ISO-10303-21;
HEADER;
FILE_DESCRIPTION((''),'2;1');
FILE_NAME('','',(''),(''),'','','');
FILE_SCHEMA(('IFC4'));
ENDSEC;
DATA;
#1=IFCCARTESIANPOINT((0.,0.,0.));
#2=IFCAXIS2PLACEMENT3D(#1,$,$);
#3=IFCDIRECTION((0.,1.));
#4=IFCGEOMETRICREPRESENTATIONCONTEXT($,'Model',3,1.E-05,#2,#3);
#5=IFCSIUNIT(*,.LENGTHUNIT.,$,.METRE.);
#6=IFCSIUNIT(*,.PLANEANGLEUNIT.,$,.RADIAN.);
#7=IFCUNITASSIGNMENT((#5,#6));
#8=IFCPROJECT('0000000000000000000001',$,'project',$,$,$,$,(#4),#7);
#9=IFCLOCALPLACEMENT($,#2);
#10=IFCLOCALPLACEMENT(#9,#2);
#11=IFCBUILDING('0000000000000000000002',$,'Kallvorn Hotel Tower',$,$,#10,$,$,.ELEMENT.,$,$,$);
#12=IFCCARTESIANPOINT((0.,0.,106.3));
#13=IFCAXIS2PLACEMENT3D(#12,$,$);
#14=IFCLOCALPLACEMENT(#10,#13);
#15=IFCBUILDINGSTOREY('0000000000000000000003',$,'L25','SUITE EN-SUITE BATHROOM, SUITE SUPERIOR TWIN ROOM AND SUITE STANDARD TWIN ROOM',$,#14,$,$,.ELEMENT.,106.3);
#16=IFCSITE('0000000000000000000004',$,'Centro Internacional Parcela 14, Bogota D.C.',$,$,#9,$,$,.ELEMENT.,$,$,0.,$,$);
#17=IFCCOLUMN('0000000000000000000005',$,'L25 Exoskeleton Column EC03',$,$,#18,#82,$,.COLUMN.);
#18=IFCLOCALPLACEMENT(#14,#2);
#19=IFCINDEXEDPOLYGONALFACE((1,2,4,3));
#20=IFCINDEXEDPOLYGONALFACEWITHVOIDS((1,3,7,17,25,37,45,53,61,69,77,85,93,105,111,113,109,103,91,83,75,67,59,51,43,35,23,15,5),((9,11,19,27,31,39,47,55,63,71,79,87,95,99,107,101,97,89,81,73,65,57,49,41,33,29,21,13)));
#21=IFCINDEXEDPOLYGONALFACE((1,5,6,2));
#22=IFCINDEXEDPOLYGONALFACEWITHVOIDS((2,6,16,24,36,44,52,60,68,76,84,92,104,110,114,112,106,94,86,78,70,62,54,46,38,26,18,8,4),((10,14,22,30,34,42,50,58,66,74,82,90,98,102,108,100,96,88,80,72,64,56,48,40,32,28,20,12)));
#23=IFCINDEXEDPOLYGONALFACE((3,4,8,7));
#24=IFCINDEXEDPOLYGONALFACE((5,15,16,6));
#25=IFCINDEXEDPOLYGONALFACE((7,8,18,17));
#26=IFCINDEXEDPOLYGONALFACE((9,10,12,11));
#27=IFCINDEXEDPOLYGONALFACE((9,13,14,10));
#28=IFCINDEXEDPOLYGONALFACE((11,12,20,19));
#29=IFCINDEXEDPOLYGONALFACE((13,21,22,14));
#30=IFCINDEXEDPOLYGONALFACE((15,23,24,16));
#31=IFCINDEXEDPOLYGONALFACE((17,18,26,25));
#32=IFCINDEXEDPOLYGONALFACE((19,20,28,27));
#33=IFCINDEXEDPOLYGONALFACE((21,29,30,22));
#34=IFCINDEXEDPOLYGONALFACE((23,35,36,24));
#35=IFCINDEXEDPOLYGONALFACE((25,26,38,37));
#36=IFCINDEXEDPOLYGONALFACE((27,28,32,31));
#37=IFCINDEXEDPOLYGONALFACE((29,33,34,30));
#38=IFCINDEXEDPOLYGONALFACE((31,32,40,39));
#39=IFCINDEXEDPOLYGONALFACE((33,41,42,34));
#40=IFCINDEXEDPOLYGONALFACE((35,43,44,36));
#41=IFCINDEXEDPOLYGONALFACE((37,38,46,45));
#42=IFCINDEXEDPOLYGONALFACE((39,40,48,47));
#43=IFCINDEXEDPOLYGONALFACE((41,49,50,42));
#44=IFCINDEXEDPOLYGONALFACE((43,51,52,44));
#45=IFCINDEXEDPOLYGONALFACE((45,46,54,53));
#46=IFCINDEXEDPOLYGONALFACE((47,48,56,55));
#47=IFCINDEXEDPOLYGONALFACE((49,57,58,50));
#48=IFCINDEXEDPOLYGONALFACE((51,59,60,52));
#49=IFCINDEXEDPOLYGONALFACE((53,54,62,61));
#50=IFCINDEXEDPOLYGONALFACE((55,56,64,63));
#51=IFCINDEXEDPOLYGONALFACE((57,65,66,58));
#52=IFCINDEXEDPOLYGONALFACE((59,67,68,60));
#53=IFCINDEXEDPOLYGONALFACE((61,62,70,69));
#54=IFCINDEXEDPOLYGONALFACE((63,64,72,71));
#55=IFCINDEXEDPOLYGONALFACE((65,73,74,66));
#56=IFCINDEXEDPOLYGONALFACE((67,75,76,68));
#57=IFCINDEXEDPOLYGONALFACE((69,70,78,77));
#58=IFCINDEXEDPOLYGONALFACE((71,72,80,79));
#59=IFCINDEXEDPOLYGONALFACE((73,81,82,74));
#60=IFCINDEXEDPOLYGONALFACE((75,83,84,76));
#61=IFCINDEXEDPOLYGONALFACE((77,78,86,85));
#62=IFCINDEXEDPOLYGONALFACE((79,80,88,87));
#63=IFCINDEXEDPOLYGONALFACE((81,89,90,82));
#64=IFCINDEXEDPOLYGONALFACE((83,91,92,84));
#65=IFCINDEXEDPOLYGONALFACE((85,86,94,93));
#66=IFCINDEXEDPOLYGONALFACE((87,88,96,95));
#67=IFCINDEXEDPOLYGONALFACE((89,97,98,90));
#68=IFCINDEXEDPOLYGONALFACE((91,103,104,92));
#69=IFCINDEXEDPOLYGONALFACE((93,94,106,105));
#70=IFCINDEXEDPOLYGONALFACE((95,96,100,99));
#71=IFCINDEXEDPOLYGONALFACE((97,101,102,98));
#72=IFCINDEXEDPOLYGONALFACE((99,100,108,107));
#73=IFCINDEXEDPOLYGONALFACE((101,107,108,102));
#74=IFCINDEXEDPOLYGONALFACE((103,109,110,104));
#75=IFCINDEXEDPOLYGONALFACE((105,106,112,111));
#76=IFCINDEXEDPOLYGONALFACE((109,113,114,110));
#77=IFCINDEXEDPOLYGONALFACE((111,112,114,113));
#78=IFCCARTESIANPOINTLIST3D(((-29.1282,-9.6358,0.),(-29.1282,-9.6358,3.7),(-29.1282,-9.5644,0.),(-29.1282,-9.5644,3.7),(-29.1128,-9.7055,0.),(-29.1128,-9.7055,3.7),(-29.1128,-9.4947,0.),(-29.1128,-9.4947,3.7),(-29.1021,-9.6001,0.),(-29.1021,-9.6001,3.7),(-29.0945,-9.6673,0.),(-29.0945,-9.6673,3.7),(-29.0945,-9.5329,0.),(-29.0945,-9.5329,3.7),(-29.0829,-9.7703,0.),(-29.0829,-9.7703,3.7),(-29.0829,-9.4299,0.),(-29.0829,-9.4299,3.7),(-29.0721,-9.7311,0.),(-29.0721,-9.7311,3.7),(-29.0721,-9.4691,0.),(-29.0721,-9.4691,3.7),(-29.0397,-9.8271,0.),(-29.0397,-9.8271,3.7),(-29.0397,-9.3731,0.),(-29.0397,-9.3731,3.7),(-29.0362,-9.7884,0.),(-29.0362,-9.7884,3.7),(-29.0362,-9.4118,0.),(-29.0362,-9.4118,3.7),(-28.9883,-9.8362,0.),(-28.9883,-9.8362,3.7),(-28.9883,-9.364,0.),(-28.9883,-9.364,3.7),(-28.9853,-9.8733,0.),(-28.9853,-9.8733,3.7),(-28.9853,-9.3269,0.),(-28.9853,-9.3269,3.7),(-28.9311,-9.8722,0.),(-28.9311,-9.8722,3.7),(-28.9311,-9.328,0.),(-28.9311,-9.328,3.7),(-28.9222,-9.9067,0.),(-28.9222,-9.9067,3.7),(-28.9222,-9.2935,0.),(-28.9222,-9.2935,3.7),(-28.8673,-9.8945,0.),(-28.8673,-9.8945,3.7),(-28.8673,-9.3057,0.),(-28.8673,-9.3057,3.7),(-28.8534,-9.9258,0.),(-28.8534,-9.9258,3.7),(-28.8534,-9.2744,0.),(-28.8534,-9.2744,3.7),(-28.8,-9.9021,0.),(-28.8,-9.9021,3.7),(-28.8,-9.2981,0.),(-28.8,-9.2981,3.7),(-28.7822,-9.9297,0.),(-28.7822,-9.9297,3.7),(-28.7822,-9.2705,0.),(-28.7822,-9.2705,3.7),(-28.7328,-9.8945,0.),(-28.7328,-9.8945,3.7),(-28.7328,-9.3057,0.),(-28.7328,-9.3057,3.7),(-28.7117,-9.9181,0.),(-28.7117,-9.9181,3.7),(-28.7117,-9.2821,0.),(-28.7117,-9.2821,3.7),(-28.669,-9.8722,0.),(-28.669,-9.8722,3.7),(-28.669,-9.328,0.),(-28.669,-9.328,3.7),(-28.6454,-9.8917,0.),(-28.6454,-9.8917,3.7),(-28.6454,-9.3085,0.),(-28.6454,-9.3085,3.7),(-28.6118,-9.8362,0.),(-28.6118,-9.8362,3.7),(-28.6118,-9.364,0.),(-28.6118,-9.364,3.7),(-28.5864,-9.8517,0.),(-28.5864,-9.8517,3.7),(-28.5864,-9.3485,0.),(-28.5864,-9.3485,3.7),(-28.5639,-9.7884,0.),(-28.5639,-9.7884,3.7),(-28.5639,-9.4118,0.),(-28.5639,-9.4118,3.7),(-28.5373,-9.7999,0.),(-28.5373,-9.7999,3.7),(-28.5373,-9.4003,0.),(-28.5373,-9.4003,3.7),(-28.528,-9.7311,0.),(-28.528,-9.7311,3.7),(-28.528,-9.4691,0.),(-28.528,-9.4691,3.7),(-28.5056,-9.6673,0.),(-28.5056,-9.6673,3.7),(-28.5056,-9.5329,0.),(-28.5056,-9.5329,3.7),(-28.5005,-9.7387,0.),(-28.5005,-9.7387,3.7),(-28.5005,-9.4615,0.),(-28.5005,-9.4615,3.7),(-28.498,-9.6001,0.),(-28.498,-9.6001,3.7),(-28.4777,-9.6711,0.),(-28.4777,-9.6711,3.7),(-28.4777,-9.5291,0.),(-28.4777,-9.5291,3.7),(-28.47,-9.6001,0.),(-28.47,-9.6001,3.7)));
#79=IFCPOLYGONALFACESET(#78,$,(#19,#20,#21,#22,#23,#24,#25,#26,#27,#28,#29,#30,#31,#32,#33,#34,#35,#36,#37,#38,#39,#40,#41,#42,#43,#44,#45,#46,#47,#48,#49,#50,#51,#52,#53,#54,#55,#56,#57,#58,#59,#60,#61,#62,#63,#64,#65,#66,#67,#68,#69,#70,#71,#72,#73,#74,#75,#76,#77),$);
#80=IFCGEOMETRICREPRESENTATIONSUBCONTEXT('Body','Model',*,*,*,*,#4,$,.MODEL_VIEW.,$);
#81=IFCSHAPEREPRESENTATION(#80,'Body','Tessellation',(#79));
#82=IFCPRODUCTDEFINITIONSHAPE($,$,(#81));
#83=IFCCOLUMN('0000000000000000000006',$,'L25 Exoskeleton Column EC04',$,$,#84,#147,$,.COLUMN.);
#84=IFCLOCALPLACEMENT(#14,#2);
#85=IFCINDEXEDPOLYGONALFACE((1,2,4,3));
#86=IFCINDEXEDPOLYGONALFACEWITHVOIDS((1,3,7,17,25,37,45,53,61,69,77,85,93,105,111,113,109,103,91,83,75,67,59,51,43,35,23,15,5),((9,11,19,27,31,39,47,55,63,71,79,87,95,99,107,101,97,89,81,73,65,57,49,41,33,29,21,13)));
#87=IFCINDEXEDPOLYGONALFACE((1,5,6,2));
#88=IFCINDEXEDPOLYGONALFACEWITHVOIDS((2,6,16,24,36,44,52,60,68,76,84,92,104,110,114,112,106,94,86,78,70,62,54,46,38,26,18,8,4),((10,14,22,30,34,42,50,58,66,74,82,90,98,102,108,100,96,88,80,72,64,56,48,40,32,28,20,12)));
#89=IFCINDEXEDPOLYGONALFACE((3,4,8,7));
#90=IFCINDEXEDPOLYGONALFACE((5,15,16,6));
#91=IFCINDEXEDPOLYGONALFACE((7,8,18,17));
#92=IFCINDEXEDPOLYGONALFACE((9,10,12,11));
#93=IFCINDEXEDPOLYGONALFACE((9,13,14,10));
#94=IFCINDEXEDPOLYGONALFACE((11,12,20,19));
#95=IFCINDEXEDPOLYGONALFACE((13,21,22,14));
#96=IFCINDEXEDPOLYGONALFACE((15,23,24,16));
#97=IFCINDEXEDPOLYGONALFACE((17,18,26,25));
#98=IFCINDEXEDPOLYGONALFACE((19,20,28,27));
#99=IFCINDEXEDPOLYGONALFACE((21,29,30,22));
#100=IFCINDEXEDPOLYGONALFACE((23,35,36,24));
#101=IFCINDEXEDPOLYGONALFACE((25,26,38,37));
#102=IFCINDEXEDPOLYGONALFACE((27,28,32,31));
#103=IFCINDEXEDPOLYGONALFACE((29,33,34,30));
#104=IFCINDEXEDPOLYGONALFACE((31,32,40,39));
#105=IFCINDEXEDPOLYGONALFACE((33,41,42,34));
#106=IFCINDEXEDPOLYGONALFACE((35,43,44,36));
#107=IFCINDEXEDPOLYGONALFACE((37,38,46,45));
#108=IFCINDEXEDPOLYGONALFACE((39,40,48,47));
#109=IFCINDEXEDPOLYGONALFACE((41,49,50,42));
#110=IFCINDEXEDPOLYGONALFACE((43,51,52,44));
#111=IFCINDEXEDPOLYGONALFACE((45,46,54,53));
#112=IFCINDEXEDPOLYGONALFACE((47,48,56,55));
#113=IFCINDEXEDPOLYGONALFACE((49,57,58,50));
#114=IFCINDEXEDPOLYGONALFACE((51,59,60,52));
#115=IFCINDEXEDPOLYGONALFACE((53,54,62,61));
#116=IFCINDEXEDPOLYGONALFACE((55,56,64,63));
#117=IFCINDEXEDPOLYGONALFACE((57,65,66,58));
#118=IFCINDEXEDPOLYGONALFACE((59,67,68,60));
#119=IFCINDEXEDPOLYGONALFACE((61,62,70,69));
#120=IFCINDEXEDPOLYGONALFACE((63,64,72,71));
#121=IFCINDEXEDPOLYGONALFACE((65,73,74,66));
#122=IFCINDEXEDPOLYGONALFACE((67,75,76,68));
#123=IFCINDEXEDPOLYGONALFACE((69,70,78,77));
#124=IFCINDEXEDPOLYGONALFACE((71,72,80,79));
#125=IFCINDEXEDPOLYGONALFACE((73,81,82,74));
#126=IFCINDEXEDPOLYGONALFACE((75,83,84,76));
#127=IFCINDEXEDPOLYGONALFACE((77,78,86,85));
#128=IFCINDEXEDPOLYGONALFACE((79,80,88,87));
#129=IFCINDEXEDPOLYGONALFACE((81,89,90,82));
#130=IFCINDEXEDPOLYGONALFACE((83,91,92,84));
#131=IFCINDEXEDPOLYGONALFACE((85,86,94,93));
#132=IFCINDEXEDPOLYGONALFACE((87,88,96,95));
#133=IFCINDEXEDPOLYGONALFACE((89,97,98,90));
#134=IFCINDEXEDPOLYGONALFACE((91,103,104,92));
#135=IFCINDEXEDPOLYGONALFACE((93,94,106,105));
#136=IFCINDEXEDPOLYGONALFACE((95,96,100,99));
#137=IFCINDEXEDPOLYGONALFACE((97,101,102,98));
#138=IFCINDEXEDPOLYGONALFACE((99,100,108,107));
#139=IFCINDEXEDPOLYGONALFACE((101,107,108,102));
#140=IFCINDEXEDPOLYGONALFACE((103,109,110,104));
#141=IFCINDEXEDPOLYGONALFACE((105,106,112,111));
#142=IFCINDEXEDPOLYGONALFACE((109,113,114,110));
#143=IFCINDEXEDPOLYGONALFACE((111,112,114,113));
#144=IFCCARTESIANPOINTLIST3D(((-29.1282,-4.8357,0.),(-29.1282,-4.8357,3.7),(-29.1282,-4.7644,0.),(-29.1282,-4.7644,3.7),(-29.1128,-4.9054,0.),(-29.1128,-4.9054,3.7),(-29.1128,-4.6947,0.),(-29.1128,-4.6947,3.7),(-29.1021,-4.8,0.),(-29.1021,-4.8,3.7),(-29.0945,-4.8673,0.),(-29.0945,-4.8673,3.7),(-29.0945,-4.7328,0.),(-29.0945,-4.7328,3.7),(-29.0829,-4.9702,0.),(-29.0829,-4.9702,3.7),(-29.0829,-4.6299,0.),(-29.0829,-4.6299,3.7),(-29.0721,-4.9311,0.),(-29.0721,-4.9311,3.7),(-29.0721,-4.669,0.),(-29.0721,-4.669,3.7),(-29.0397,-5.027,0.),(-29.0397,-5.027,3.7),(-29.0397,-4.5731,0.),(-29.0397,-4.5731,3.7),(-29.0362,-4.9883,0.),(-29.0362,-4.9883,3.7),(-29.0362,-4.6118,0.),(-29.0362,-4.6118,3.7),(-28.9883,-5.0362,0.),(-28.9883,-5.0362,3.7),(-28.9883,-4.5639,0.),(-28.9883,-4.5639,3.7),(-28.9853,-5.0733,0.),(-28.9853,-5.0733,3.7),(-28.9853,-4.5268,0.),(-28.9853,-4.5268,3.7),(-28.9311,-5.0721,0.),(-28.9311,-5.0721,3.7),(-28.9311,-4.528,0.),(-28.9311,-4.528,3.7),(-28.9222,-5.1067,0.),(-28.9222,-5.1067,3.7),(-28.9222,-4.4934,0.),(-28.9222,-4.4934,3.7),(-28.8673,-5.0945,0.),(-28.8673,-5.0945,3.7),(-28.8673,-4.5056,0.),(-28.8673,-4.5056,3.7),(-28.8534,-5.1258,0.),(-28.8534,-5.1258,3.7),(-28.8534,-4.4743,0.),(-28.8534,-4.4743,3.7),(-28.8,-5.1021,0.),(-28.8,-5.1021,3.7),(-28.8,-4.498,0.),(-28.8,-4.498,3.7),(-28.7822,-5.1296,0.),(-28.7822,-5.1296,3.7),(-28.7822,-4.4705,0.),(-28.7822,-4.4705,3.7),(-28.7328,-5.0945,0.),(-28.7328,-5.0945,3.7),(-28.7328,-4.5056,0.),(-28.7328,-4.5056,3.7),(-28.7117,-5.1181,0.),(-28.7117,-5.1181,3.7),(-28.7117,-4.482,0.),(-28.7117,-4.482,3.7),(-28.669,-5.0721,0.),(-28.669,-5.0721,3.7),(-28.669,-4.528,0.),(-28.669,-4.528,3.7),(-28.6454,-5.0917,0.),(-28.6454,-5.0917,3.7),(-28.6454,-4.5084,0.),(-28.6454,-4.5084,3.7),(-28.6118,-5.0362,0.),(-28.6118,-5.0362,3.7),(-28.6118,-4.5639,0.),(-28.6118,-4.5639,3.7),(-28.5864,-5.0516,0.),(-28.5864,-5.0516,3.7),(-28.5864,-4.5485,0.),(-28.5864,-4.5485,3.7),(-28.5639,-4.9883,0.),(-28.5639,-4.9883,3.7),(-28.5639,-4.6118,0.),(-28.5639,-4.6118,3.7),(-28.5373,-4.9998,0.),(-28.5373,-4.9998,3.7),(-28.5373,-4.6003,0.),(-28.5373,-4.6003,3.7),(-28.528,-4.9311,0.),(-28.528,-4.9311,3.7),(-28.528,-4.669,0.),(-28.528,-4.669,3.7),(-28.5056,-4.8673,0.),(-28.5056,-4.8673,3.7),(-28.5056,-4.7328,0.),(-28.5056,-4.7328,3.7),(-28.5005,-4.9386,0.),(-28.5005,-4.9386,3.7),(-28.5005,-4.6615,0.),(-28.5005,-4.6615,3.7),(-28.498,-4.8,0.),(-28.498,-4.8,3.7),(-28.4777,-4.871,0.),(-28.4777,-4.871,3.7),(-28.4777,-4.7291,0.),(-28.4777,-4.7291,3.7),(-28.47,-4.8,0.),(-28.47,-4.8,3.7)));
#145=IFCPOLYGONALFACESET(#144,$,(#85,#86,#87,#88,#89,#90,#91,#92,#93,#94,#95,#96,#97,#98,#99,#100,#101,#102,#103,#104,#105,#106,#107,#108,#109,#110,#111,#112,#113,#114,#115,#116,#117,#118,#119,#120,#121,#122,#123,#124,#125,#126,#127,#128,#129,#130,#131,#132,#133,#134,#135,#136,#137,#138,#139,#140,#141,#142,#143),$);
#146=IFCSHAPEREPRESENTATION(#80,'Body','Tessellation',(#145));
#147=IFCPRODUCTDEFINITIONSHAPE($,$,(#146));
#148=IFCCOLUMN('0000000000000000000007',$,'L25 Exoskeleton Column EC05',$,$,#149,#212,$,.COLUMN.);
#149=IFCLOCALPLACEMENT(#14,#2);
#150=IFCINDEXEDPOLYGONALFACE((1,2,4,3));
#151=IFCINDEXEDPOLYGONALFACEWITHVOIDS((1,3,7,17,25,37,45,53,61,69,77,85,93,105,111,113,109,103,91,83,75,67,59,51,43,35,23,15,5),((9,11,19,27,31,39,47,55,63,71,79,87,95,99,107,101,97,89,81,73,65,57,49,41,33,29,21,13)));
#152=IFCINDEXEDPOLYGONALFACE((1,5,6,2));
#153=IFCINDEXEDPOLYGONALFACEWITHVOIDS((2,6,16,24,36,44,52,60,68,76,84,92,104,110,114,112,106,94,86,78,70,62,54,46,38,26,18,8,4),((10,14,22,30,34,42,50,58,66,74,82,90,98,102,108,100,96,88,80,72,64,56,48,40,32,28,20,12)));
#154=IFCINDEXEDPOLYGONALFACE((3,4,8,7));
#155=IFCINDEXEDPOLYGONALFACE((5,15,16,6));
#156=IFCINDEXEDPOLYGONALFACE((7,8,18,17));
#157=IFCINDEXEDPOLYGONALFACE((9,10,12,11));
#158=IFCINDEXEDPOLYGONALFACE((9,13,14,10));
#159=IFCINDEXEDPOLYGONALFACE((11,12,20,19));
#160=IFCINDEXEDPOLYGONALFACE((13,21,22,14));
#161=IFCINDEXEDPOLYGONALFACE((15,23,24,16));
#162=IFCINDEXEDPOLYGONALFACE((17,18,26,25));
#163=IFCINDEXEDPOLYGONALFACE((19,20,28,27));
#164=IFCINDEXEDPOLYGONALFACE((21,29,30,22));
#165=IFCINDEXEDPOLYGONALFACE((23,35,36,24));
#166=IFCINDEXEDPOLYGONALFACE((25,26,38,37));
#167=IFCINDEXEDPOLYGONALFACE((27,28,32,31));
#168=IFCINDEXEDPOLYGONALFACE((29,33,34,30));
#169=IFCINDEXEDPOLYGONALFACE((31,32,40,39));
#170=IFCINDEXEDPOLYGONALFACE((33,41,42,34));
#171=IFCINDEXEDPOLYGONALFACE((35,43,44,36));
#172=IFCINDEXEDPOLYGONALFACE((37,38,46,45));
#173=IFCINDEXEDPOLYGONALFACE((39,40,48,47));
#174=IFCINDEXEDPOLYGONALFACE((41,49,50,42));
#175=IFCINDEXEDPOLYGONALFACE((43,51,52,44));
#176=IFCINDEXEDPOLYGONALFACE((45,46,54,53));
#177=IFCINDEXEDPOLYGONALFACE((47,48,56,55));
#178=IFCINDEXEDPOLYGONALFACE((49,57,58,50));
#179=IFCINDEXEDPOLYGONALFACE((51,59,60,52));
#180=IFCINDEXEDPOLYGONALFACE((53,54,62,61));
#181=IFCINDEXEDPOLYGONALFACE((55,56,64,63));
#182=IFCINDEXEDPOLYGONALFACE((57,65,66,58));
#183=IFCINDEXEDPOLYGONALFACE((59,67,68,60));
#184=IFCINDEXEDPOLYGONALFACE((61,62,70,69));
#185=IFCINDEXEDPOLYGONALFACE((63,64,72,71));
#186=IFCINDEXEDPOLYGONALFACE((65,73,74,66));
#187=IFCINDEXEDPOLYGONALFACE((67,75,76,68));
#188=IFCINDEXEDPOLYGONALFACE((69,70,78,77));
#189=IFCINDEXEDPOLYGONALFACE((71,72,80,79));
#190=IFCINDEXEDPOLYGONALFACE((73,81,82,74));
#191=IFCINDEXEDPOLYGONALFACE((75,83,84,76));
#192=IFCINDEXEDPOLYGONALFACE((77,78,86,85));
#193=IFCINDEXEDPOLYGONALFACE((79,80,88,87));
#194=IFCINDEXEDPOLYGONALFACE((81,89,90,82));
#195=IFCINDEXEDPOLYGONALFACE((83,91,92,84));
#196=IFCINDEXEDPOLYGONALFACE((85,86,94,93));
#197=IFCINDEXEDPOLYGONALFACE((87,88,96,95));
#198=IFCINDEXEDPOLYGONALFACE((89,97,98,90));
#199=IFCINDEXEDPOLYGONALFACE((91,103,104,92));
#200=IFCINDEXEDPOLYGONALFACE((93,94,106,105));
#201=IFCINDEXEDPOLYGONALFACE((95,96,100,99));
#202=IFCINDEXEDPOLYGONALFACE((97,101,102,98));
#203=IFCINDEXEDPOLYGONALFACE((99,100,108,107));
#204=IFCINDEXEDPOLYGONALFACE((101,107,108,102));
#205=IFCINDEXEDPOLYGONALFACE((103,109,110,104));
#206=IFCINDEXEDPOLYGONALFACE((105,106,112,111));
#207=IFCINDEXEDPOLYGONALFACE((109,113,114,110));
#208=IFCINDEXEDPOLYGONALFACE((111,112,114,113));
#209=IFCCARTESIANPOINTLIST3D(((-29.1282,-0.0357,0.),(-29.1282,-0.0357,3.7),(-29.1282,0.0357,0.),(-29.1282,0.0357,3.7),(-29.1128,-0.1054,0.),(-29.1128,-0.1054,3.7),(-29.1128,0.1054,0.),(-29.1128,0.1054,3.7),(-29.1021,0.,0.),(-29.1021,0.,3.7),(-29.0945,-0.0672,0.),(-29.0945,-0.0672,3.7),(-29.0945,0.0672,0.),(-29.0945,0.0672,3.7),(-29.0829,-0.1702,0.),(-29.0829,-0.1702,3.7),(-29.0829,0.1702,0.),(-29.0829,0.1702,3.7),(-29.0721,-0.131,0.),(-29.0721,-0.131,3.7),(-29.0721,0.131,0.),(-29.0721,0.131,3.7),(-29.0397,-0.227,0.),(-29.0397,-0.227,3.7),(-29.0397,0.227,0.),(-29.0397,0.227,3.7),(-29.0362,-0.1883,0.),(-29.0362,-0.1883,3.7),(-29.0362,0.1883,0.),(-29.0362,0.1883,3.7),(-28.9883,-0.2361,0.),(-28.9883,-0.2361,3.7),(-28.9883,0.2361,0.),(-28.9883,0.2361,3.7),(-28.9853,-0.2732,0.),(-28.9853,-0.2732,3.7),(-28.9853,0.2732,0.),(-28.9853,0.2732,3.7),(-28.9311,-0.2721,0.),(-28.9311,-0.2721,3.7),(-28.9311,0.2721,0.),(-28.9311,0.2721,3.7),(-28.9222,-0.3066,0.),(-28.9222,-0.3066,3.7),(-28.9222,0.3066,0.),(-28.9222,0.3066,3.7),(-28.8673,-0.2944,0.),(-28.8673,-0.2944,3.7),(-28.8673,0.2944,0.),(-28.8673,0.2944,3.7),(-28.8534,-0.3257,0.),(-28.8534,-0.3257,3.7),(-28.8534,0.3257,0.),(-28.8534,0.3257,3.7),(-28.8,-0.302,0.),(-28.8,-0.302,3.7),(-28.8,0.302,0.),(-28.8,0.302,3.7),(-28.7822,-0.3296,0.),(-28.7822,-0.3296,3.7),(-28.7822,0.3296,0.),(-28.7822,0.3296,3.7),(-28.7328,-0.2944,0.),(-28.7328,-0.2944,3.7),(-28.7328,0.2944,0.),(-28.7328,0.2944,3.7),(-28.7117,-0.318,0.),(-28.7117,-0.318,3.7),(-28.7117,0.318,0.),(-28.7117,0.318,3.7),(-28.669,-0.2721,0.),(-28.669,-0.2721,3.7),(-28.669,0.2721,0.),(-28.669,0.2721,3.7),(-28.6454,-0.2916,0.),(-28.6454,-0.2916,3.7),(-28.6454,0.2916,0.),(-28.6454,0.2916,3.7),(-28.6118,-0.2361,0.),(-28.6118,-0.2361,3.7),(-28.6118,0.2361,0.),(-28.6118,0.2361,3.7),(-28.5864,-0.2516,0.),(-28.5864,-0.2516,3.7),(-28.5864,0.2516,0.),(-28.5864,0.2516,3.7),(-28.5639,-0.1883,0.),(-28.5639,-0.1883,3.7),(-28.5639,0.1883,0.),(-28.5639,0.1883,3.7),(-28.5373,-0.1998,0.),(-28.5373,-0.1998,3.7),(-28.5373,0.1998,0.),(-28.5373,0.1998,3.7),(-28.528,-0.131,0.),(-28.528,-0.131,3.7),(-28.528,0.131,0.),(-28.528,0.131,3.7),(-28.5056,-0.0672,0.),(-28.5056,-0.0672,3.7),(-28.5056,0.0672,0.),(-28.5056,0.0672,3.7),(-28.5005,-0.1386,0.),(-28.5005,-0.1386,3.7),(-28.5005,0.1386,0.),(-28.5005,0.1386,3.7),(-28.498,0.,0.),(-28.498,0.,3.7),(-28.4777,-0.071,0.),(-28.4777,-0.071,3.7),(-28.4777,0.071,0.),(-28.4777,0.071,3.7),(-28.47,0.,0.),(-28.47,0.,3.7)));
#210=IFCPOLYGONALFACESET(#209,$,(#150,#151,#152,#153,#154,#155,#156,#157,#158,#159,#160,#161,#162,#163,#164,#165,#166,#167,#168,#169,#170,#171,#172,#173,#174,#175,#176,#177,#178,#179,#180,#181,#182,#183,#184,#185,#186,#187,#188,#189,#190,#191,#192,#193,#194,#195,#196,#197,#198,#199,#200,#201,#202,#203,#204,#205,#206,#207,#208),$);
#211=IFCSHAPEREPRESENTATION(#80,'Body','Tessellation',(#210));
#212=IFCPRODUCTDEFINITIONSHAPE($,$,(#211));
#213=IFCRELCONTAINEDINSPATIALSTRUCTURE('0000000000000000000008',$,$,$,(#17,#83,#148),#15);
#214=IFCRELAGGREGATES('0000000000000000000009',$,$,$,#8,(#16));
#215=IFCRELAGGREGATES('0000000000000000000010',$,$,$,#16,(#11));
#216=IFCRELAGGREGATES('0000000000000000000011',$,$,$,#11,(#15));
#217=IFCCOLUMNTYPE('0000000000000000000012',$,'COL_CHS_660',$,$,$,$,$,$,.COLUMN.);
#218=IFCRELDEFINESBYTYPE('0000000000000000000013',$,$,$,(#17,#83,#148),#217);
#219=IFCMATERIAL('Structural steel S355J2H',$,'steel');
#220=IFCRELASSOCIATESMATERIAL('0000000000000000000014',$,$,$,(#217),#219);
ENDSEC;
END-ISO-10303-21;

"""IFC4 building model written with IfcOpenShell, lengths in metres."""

from ifc_helpers import new_model, si_unit, direction, frame, origin, origin_2d, place, context, subcontext, project, spatial, hollow_circle, extrude, material, material_profile, profile_set, type_object, element, save


model = new_model("IFC4")

# Units and contexts
model_context = context("Model", 3, precision=1e-05, world=origin(), true_north=direction((0.0, 1.0)))
body_context = subcontext(model_context, "Body", "Model", "MODEL_VIEW")
ifc_project = project(units=[si_unit("LENGTHUNIT", "METRE"), si_unit("PLANEANGLEUNIT", "RADIAN")], contexts=[model_context])

# Site, building, storey
site_placement = place(None, origin())
site = spatial("IfcSite", under=ifc_project, at=site_placement, Name="Centro Internacional Parcela 14, Bogota D.C.", CompositionType="ELEMENT", RefElevation=0.0)
building_placement = place(site_placement, origin())
building = spatial("IfcBuilding", under=site, at=building_placement, Name="Kallvorn Hotel Tower", CompositionType="ELEMENT")
storey_placement = place(building_placement, frame((0.0, 0.0, 106.3)))
storey = spatial("IfcBuildingStorey", under=building, at=storey_placement, Name="L25", Description="SUITE EN-SUITE BATHROOM, SUITE SUPERIOR TWIN ROOM AND SUITE STANDARD TWIN ROOM", CompositionType="ELEMENT", Elevation=106.3)

# Columns
ifc_material_1 = material(Name="Structural steel S355J2H", Category="steel")
ifc_material_profile_1 = material_profile(ifc_material_1, hollow_circle(Radius=0.3301, WallThickness=0.0281, at=origin_2d()), Name="CHS 660x28")
ifc_profile_set_1 = profile_set([ifc_material_profile_1], Name="Structural steel S355J2H")
column_type = type_object("IfcColumnType", Name="COL_CHS_660", PredefinedType="COLUMN", material=ifc_profile_set_1)
for number, where, z_axis, x_axis, name in (
    (1, (-28.8, -9.6001, 0.0), (0.0, 0.0, 1.0), (1.0, 0.0, 0.0), "L25 Exoskeleton Column EC03"),
    (2, (-28.8, -4.8, 0.0), (0.0, 0.0, 1.0), (1.0, 0.0, 0.0), "L25 Exoskeleton Column EC04"),
    (3, (-28.8, 0.0, 0.0), (0.0, 0.0, 1.0), (1.0, 0.0, 0.0), "L25 Exoskeleton Column EC05"),
):
    element("IfcColumn", number, at=place(storey_placement, frame(where, z_axis=z_axis, x_axis=x_axis)), inside=storey, type_object=column_type, Name=name, PredefinedType="COLUMN", context=body_context, shape_type="SweptSolid", body=[
        extrude(hollow_circle(Radius=0.3301, WallThickness=0.0281, at=origin_2d()), origin(), (0.0, 0.0, 1.0), 3.7),
    ])

save(model, "model.ifc")
